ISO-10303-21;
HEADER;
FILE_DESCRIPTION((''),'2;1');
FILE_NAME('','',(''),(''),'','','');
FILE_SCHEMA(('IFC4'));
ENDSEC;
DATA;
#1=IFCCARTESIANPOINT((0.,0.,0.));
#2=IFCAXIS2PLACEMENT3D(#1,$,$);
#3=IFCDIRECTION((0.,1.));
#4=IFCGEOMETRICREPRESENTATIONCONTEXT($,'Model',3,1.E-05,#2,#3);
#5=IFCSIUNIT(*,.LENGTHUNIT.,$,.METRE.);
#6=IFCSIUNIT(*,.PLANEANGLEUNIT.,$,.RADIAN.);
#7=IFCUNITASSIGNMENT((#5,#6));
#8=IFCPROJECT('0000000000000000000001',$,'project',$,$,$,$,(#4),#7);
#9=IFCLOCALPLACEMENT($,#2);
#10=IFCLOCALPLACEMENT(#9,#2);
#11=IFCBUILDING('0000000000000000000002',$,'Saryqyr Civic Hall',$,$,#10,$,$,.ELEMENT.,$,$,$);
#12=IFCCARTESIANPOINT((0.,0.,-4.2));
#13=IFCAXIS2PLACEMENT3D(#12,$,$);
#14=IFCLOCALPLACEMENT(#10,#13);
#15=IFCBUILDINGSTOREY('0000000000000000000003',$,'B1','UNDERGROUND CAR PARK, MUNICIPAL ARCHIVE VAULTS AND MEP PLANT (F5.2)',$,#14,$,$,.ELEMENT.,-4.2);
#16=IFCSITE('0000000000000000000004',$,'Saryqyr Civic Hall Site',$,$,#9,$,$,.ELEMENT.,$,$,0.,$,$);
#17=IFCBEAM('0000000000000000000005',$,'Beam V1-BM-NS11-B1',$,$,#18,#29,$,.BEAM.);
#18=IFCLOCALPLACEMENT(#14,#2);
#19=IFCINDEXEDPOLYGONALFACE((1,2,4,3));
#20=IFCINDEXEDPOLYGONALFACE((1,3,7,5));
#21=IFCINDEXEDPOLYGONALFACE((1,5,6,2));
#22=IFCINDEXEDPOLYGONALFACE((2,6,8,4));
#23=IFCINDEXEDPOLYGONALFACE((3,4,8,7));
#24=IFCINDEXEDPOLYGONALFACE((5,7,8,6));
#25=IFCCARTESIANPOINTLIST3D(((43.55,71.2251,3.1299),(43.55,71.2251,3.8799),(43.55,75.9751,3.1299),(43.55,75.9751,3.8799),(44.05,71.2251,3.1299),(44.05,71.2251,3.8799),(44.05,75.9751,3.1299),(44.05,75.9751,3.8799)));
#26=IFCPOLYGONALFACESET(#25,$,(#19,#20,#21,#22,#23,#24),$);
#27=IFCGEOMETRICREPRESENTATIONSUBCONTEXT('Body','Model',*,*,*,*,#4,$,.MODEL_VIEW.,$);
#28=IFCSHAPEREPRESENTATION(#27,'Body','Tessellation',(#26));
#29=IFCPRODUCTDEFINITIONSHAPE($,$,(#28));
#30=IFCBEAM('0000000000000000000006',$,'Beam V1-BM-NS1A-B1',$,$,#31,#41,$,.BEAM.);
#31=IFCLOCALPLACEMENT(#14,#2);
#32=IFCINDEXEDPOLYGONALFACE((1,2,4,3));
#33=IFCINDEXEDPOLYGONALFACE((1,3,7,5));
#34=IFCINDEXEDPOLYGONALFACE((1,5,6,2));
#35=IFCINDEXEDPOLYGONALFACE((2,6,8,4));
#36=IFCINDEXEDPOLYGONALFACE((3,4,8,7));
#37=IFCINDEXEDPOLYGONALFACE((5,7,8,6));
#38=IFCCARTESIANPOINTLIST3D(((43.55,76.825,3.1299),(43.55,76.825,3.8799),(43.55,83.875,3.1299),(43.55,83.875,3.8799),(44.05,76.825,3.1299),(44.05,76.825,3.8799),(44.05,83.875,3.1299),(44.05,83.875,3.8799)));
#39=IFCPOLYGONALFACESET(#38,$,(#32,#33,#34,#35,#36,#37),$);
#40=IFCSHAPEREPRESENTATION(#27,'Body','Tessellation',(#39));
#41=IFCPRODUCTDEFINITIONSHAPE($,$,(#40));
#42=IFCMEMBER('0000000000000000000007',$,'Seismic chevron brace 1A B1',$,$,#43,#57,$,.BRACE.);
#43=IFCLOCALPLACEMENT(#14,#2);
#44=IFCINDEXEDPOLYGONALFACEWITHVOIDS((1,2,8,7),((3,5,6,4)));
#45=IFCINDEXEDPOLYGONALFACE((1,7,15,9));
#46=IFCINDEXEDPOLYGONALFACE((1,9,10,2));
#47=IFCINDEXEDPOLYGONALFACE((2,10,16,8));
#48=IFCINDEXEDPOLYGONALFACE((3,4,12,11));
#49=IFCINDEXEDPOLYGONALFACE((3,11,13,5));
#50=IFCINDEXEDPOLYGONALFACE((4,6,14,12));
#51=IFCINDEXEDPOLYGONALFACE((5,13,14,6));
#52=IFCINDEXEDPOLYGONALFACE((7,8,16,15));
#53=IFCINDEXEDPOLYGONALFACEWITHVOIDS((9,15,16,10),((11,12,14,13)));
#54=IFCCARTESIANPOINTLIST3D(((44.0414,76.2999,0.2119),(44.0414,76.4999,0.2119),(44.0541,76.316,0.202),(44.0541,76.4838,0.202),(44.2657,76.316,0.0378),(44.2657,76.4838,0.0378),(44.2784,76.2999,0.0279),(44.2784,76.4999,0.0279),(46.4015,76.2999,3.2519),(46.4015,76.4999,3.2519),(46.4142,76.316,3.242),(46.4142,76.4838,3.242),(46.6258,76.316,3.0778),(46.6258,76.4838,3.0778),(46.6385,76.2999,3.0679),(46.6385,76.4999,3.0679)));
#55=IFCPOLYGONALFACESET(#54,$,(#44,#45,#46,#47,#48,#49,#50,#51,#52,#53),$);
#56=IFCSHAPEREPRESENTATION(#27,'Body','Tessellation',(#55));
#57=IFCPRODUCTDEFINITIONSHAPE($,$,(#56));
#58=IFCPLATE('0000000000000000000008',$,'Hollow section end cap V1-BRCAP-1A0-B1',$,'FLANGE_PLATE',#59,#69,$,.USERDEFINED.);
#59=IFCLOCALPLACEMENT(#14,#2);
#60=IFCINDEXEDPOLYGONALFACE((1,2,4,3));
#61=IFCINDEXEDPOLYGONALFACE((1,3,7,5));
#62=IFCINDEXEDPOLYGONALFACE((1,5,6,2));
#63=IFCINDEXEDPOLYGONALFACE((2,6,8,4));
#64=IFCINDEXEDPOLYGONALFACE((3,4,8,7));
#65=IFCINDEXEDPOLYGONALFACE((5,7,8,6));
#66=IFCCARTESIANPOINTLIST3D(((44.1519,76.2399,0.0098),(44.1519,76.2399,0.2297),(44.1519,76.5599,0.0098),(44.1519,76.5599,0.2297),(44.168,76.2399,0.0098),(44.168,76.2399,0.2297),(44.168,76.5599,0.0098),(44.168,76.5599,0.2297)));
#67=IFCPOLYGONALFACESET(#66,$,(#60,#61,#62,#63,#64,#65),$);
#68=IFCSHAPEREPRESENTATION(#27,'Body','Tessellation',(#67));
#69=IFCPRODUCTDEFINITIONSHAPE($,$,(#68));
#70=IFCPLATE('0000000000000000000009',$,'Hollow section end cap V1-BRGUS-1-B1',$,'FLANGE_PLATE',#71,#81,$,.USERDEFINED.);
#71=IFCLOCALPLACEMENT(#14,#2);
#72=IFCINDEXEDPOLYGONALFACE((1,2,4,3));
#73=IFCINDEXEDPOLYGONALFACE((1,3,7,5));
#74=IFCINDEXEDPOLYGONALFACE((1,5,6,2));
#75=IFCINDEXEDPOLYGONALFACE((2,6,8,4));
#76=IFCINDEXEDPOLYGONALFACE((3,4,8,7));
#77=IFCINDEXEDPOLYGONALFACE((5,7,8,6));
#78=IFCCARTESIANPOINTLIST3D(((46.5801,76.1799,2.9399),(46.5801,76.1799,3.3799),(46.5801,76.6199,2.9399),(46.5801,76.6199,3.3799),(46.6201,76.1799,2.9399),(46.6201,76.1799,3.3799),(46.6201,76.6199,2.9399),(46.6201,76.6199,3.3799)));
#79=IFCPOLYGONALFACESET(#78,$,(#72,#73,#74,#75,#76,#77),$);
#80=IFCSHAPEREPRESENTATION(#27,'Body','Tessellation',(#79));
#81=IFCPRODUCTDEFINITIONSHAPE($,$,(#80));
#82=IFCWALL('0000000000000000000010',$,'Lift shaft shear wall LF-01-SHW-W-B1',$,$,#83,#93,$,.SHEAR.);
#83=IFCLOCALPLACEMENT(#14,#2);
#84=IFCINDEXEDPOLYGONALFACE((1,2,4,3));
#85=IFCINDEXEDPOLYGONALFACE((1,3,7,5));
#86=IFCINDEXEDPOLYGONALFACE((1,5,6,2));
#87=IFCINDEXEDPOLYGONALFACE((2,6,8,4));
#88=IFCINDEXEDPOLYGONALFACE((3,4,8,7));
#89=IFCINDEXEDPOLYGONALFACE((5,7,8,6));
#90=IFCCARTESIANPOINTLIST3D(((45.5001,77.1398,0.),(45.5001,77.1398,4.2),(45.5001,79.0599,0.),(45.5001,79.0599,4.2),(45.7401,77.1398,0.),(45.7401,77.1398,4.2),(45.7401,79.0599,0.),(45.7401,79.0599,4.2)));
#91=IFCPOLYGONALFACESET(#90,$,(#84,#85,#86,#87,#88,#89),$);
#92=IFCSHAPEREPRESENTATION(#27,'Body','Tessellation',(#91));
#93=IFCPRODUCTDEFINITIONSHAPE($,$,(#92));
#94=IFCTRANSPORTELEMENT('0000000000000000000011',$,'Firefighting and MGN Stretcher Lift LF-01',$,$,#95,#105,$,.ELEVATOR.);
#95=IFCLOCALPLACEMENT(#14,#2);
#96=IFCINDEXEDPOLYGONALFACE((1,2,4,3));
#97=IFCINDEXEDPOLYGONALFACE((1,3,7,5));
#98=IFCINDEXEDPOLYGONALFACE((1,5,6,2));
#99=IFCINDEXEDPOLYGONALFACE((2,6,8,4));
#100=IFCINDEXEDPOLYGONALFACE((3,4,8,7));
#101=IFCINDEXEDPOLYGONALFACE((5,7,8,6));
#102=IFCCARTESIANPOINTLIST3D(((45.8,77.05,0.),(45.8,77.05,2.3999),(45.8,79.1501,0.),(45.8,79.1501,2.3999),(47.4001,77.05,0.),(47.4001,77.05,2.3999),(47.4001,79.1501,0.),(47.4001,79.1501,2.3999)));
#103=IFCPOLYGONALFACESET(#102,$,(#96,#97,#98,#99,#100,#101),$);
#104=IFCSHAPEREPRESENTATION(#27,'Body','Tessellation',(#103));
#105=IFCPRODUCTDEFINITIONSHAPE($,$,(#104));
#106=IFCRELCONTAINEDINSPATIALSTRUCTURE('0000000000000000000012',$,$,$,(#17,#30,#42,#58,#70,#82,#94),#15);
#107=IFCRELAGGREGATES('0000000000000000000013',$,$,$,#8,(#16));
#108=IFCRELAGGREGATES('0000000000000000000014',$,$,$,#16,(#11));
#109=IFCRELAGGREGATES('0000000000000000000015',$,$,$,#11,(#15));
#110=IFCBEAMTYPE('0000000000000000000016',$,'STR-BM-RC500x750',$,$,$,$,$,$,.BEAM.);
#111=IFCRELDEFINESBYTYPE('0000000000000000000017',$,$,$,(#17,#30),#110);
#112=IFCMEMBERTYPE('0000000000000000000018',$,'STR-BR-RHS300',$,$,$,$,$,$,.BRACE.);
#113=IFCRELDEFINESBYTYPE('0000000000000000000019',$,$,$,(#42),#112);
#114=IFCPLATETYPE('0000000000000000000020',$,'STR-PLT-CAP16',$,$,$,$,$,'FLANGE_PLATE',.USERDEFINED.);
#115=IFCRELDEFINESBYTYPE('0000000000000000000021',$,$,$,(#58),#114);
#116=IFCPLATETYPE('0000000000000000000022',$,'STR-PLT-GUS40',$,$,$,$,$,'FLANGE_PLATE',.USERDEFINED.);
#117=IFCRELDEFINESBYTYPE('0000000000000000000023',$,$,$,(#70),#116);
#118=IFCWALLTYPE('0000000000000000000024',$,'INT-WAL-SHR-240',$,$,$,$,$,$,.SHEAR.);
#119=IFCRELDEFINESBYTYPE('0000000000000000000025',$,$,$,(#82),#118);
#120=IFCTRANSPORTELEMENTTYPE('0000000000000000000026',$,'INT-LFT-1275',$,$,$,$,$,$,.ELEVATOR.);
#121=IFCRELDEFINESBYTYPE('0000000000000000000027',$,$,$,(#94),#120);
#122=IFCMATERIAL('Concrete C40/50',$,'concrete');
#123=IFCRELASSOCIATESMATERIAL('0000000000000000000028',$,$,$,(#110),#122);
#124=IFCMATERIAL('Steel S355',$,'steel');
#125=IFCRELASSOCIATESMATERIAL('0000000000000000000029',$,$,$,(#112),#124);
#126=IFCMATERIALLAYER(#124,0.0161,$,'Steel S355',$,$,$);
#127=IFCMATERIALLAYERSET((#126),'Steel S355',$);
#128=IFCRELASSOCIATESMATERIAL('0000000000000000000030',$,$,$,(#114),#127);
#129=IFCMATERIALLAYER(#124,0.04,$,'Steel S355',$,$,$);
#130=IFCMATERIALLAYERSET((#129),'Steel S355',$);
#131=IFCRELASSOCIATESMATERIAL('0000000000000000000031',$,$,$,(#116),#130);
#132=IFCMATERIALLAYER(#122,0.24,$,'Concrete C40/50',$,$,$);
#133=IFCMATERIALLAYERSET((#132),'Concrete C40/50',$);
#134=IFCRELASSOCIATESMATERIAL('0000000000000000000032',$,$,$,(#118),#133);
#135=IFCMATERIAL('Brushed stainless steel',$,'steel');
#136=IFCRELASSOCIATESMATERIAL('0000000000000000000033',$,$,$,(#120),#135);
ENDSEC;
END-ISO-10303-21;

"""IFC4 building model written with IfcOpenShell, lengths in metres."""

from ifc_helpers import new_model, si_unit, direction, frame, frame_2d, origin, origin_2d, place, context, subcontext, project, spatial, rectangle, hollow_rectangle, extrude, material, layer, layer_set, material_profile, profile_set, type_object, element, save


model = new_model("IFC4")

# Units and contexts
model_context = context("Model", 3, precision=1e-05, world=origin(), true_north=direction((0.0, 1.0)))
body_context = subcontext(model_context, "Body", "Model", "MODEL_VIEW")
ifc_project = project(units=[si_unit("LENGTHUNIT", "METRE"), si_unit("PLANEANGLEUNIT", "RADIAN")], contexts=[model_context])

# Site, building, storey
site_placement = place(None, origin())
site = spatial("IfcSite", under=ifc_project, at=site_placement, Name="Saryqyr Civic Hall Site", CompositionType="ELEMENT", RefElevation=0.0)
building_placement = place(site_placement, origin())
building = spatial("IfcBuilding", under=site, at=building_placement, Name="Saryqyr Civic Hall", CompositionType="ELEMENT")
storey_placement = place(building_placement, frame((0.0, 0.0, -4.2)))
storey = spatial("IfcBuildingStorey", under=building, at=storey_placement, Name="B1", Description="UNDERGROUND CAR PARK, MUNICIPAL ARCHIVE VAULTS AND MEP PLANT (F5.2)", CompositionType="ELEMENT", Elevation=-4.2)

# Shared definitions
ifc_material_1 = material(Name="Concrete C40/50", Category="concrete")

# Beams
ifc_material_profile_1 = material_profile(ifc_material_1, rectangle(XDim=0.5, YDim=0.75, at=origin_2d()), Name="RC 500x750")
ifc_profile_set_1 = profile_set([ifc_material_profile_1], Name="Concrete C40/50")
beam_type_1 = type_object("IfcBeamType", Name="STR-BM-RC500x750", PredefinedType="BEAM", material=ifc_profile_set_1)
beam_1_placement = place(storey_placement, frame((43.8, 71.2251, 3.5049), z_axis=(0.0, 1.0, 0.0), x_axis=(-1.0, 0.0, 0.0)))
element("IfcBeam", 1, at=beam_1_placement, inside=storey, type_object=beam_type_1, Name="Beam V1-BM-NS11-B1", PredefinedType="BEAM", context=body_context, shape_type="SweptSolid", body=[
    extrude(rectangle(XDim=0.5, YDim=0.75, at=origin_2d()), origin(), (0.0, 0.0, 1.0), 4.75),
])
beam_2_placement = place(storey_placement, frame((43.8, 76.825, 3.5049), z_axis=(0.0, 1.0, 0.0), x_axis=(-1.0, 0.0, 0.0)))
element("IfcBeam", 2, at=beam_2_placement, inside=storey, type_object=beam_type_1, Name="Beam V1-BM-NS1A-B1", PredefinedType="BEAM", context=body_context, shape_type="SweptSolid", body=[
    extrude(rectangle(XDim=0.5, YDim=0.75, at=origin_2d()), origin(), (0.0, 0.0, 1.0), 7.05),
])

# Member
ifc_material_2 = material(Name="Steel S355", Category="steel")
ifc_material_profile_2 = material_profile(ifc_material_2, hollow_rectangle(XDim=0.2, YDim=0.3, WallThickness=0.0161, at=origin_2d()), Name="RHS 300x200x16")
ifc_profile_set_2 = profile_set([ifc_material_profile_2], Name="Steel S355")
member_type = type_object("IfcMemberType", Name="STR-BR-RHS300", PredefinedType="BRACE", material=ifc_profile_set_2)
member_placement = place(storey_placement, frame((44.1599, 76.3999, 0.1199), z_axis=(0.613233, 0.0, 0.789902), x_axis=(0.0, 1.0, 0.0)))
element("IfcMember", 3, at=member_placement, inside=storey, type_object=member_type, Name="Seismic chevron brace 1A B1", PredefinedType="BRACE", context=body_context, shape_type="SweptSolid", body=[
    extrude(hollow_rectangle(XDim=0.2, YDim=0.3, WallThickness=0.0161, at=origin_2d()), origin(), (0.0, 0.0, 1.0), 3.8486),
])

# Plates
ifc_layer_1 = layer(ifc_material_2, 0.0161, Name="Steel S355")
ifc_layer_set_1 = layer_set([ifc_layer_1], Name="Steel S355")
plate_type_1 = type_object("IfcPlateType", Name="STR-PLT-CAP16", ElementType="FLANGE_PLATE", PredefinedType="USERDEFINED", material=ifc_layer_set_1)
plate_1_placement = place(storey_placement, frame((44.1599, 76.3999, 0.0098), z_axis=(0.0, 0.0, 1.0), x_axis=(1.0, 0.0, 0.0)))
element("IfcPlate", 4, at=plate_1_placement, inside=storey, type_object=plate_type_1, Name="Hollow section end cap V1-BRCAP-1A0-B1", ObjectType="FLANGE_PLATE", PredefinedType="USERDEFINED", context=body_context, shape_type="SweptSolid", body=[
    extrude(rectangle(XDim=0.0161, YDim=0.3201, at=origin_2d()), origin(), (0.0, 0.0, 1.0), 0.22),
])
ifc_layer_2 = layer(ifc_material_2, 0.04, Name="Steel S355")
ifc_layer_set_2 = layer_set([ifc_layer_2], Name="Steel S355")
plate_type_2 = type_object("IfcPlateType", Name="STR-PLT-GUS40", ElementType="FLANGE_PLATE", PredefinedType="USERDEFINED", material=ifc_layer_set_2)
plate_2_placement = place(storey_placement, frame((46.6001, 76.3999, 2.9399), z_axis=(0.0, 0.0, 1.0), x_axis=(1.0, 0.0, 0.0)))
element("IfcPlate", 5, at=plate_2_placement, inside=storey, type_object=plate_type_2, Name="Hollow section end cap V1-BRGUS-1-B1", ObjectType="FLANGE_PLATE", PredefinedType="USERDEFINED", context=body_context, shape_type="SweptSolid", body=[
    extrude(rectangle(XDim=0.04, YDim=0.4399, at=origin_2d()), origin(), (0.0, 0.0, 1.0), 0.4399),
])

# Shared definitions
ifc_layer_3 = layer(ifc_material_1, 0.24, Name="Concrete C40/50")
ifc_layer_set_3 = layer_set([ifc_layer_3], Name="Concrete C40/50")
wall_type = type_object("IfcWallType", Name="INT-WAL-SHR-240", PredefinedType="SHEAR", material=ifc_layer_set_3)
ifc_material_3 = material(Name="Brushed stainless steel", Category="steel")

# Wall
wall_1_placement = place(storey_placement, frame((45.6201, 77.1399, 0.0), z_axis=(0.0, 0.0, 1.0), x_axis=(0.0, 1.0, 0.0)))
element("IfcWall", 6, at=wall_1_placement, inside=storey, type_object=wall_type, Name="Lift shaft shear wall LF-01-SHW-W-B1", PredefinedType="SHEAR", context=body_context, shape_type="SweptSolid", body=[
    extrude(rectangle(XDim=1.9202, YDim=0.24, at=frame_2d((0.96, 0.0))), origin(), (0.0, 0.0, 1.0), 4.2),
])

# Transport element
transport_element_type = type_object("IfcTransportElementType", Name="INT-LFT-1275", PredefinedType="ELEVATOR", material=ifc_material_3)
transport_element_placement = place(storey_placement, frame((46.6001, 78.1001, 0.0), z_axis=(0.0, 0.0, 1.0), x_axis=(1.0, 0.0, 0.0)))
element("IfcTransportElement", 7, at=transport_element_placement, inside=storey, type_object=transport_element_type, Name="Firefighting and MGN Stretcher Lift LF-01", PredefinedType="ELEVATOR", context=body_context, shape_type="SweptSolid", body=[
    extrude(rectangle(XDim=1.6001, YDim=2.1001, at=origin_2d()), origin(), (0.0, 0.0, 1.0), 2.3999),
])

save(model, "model.ifc")
